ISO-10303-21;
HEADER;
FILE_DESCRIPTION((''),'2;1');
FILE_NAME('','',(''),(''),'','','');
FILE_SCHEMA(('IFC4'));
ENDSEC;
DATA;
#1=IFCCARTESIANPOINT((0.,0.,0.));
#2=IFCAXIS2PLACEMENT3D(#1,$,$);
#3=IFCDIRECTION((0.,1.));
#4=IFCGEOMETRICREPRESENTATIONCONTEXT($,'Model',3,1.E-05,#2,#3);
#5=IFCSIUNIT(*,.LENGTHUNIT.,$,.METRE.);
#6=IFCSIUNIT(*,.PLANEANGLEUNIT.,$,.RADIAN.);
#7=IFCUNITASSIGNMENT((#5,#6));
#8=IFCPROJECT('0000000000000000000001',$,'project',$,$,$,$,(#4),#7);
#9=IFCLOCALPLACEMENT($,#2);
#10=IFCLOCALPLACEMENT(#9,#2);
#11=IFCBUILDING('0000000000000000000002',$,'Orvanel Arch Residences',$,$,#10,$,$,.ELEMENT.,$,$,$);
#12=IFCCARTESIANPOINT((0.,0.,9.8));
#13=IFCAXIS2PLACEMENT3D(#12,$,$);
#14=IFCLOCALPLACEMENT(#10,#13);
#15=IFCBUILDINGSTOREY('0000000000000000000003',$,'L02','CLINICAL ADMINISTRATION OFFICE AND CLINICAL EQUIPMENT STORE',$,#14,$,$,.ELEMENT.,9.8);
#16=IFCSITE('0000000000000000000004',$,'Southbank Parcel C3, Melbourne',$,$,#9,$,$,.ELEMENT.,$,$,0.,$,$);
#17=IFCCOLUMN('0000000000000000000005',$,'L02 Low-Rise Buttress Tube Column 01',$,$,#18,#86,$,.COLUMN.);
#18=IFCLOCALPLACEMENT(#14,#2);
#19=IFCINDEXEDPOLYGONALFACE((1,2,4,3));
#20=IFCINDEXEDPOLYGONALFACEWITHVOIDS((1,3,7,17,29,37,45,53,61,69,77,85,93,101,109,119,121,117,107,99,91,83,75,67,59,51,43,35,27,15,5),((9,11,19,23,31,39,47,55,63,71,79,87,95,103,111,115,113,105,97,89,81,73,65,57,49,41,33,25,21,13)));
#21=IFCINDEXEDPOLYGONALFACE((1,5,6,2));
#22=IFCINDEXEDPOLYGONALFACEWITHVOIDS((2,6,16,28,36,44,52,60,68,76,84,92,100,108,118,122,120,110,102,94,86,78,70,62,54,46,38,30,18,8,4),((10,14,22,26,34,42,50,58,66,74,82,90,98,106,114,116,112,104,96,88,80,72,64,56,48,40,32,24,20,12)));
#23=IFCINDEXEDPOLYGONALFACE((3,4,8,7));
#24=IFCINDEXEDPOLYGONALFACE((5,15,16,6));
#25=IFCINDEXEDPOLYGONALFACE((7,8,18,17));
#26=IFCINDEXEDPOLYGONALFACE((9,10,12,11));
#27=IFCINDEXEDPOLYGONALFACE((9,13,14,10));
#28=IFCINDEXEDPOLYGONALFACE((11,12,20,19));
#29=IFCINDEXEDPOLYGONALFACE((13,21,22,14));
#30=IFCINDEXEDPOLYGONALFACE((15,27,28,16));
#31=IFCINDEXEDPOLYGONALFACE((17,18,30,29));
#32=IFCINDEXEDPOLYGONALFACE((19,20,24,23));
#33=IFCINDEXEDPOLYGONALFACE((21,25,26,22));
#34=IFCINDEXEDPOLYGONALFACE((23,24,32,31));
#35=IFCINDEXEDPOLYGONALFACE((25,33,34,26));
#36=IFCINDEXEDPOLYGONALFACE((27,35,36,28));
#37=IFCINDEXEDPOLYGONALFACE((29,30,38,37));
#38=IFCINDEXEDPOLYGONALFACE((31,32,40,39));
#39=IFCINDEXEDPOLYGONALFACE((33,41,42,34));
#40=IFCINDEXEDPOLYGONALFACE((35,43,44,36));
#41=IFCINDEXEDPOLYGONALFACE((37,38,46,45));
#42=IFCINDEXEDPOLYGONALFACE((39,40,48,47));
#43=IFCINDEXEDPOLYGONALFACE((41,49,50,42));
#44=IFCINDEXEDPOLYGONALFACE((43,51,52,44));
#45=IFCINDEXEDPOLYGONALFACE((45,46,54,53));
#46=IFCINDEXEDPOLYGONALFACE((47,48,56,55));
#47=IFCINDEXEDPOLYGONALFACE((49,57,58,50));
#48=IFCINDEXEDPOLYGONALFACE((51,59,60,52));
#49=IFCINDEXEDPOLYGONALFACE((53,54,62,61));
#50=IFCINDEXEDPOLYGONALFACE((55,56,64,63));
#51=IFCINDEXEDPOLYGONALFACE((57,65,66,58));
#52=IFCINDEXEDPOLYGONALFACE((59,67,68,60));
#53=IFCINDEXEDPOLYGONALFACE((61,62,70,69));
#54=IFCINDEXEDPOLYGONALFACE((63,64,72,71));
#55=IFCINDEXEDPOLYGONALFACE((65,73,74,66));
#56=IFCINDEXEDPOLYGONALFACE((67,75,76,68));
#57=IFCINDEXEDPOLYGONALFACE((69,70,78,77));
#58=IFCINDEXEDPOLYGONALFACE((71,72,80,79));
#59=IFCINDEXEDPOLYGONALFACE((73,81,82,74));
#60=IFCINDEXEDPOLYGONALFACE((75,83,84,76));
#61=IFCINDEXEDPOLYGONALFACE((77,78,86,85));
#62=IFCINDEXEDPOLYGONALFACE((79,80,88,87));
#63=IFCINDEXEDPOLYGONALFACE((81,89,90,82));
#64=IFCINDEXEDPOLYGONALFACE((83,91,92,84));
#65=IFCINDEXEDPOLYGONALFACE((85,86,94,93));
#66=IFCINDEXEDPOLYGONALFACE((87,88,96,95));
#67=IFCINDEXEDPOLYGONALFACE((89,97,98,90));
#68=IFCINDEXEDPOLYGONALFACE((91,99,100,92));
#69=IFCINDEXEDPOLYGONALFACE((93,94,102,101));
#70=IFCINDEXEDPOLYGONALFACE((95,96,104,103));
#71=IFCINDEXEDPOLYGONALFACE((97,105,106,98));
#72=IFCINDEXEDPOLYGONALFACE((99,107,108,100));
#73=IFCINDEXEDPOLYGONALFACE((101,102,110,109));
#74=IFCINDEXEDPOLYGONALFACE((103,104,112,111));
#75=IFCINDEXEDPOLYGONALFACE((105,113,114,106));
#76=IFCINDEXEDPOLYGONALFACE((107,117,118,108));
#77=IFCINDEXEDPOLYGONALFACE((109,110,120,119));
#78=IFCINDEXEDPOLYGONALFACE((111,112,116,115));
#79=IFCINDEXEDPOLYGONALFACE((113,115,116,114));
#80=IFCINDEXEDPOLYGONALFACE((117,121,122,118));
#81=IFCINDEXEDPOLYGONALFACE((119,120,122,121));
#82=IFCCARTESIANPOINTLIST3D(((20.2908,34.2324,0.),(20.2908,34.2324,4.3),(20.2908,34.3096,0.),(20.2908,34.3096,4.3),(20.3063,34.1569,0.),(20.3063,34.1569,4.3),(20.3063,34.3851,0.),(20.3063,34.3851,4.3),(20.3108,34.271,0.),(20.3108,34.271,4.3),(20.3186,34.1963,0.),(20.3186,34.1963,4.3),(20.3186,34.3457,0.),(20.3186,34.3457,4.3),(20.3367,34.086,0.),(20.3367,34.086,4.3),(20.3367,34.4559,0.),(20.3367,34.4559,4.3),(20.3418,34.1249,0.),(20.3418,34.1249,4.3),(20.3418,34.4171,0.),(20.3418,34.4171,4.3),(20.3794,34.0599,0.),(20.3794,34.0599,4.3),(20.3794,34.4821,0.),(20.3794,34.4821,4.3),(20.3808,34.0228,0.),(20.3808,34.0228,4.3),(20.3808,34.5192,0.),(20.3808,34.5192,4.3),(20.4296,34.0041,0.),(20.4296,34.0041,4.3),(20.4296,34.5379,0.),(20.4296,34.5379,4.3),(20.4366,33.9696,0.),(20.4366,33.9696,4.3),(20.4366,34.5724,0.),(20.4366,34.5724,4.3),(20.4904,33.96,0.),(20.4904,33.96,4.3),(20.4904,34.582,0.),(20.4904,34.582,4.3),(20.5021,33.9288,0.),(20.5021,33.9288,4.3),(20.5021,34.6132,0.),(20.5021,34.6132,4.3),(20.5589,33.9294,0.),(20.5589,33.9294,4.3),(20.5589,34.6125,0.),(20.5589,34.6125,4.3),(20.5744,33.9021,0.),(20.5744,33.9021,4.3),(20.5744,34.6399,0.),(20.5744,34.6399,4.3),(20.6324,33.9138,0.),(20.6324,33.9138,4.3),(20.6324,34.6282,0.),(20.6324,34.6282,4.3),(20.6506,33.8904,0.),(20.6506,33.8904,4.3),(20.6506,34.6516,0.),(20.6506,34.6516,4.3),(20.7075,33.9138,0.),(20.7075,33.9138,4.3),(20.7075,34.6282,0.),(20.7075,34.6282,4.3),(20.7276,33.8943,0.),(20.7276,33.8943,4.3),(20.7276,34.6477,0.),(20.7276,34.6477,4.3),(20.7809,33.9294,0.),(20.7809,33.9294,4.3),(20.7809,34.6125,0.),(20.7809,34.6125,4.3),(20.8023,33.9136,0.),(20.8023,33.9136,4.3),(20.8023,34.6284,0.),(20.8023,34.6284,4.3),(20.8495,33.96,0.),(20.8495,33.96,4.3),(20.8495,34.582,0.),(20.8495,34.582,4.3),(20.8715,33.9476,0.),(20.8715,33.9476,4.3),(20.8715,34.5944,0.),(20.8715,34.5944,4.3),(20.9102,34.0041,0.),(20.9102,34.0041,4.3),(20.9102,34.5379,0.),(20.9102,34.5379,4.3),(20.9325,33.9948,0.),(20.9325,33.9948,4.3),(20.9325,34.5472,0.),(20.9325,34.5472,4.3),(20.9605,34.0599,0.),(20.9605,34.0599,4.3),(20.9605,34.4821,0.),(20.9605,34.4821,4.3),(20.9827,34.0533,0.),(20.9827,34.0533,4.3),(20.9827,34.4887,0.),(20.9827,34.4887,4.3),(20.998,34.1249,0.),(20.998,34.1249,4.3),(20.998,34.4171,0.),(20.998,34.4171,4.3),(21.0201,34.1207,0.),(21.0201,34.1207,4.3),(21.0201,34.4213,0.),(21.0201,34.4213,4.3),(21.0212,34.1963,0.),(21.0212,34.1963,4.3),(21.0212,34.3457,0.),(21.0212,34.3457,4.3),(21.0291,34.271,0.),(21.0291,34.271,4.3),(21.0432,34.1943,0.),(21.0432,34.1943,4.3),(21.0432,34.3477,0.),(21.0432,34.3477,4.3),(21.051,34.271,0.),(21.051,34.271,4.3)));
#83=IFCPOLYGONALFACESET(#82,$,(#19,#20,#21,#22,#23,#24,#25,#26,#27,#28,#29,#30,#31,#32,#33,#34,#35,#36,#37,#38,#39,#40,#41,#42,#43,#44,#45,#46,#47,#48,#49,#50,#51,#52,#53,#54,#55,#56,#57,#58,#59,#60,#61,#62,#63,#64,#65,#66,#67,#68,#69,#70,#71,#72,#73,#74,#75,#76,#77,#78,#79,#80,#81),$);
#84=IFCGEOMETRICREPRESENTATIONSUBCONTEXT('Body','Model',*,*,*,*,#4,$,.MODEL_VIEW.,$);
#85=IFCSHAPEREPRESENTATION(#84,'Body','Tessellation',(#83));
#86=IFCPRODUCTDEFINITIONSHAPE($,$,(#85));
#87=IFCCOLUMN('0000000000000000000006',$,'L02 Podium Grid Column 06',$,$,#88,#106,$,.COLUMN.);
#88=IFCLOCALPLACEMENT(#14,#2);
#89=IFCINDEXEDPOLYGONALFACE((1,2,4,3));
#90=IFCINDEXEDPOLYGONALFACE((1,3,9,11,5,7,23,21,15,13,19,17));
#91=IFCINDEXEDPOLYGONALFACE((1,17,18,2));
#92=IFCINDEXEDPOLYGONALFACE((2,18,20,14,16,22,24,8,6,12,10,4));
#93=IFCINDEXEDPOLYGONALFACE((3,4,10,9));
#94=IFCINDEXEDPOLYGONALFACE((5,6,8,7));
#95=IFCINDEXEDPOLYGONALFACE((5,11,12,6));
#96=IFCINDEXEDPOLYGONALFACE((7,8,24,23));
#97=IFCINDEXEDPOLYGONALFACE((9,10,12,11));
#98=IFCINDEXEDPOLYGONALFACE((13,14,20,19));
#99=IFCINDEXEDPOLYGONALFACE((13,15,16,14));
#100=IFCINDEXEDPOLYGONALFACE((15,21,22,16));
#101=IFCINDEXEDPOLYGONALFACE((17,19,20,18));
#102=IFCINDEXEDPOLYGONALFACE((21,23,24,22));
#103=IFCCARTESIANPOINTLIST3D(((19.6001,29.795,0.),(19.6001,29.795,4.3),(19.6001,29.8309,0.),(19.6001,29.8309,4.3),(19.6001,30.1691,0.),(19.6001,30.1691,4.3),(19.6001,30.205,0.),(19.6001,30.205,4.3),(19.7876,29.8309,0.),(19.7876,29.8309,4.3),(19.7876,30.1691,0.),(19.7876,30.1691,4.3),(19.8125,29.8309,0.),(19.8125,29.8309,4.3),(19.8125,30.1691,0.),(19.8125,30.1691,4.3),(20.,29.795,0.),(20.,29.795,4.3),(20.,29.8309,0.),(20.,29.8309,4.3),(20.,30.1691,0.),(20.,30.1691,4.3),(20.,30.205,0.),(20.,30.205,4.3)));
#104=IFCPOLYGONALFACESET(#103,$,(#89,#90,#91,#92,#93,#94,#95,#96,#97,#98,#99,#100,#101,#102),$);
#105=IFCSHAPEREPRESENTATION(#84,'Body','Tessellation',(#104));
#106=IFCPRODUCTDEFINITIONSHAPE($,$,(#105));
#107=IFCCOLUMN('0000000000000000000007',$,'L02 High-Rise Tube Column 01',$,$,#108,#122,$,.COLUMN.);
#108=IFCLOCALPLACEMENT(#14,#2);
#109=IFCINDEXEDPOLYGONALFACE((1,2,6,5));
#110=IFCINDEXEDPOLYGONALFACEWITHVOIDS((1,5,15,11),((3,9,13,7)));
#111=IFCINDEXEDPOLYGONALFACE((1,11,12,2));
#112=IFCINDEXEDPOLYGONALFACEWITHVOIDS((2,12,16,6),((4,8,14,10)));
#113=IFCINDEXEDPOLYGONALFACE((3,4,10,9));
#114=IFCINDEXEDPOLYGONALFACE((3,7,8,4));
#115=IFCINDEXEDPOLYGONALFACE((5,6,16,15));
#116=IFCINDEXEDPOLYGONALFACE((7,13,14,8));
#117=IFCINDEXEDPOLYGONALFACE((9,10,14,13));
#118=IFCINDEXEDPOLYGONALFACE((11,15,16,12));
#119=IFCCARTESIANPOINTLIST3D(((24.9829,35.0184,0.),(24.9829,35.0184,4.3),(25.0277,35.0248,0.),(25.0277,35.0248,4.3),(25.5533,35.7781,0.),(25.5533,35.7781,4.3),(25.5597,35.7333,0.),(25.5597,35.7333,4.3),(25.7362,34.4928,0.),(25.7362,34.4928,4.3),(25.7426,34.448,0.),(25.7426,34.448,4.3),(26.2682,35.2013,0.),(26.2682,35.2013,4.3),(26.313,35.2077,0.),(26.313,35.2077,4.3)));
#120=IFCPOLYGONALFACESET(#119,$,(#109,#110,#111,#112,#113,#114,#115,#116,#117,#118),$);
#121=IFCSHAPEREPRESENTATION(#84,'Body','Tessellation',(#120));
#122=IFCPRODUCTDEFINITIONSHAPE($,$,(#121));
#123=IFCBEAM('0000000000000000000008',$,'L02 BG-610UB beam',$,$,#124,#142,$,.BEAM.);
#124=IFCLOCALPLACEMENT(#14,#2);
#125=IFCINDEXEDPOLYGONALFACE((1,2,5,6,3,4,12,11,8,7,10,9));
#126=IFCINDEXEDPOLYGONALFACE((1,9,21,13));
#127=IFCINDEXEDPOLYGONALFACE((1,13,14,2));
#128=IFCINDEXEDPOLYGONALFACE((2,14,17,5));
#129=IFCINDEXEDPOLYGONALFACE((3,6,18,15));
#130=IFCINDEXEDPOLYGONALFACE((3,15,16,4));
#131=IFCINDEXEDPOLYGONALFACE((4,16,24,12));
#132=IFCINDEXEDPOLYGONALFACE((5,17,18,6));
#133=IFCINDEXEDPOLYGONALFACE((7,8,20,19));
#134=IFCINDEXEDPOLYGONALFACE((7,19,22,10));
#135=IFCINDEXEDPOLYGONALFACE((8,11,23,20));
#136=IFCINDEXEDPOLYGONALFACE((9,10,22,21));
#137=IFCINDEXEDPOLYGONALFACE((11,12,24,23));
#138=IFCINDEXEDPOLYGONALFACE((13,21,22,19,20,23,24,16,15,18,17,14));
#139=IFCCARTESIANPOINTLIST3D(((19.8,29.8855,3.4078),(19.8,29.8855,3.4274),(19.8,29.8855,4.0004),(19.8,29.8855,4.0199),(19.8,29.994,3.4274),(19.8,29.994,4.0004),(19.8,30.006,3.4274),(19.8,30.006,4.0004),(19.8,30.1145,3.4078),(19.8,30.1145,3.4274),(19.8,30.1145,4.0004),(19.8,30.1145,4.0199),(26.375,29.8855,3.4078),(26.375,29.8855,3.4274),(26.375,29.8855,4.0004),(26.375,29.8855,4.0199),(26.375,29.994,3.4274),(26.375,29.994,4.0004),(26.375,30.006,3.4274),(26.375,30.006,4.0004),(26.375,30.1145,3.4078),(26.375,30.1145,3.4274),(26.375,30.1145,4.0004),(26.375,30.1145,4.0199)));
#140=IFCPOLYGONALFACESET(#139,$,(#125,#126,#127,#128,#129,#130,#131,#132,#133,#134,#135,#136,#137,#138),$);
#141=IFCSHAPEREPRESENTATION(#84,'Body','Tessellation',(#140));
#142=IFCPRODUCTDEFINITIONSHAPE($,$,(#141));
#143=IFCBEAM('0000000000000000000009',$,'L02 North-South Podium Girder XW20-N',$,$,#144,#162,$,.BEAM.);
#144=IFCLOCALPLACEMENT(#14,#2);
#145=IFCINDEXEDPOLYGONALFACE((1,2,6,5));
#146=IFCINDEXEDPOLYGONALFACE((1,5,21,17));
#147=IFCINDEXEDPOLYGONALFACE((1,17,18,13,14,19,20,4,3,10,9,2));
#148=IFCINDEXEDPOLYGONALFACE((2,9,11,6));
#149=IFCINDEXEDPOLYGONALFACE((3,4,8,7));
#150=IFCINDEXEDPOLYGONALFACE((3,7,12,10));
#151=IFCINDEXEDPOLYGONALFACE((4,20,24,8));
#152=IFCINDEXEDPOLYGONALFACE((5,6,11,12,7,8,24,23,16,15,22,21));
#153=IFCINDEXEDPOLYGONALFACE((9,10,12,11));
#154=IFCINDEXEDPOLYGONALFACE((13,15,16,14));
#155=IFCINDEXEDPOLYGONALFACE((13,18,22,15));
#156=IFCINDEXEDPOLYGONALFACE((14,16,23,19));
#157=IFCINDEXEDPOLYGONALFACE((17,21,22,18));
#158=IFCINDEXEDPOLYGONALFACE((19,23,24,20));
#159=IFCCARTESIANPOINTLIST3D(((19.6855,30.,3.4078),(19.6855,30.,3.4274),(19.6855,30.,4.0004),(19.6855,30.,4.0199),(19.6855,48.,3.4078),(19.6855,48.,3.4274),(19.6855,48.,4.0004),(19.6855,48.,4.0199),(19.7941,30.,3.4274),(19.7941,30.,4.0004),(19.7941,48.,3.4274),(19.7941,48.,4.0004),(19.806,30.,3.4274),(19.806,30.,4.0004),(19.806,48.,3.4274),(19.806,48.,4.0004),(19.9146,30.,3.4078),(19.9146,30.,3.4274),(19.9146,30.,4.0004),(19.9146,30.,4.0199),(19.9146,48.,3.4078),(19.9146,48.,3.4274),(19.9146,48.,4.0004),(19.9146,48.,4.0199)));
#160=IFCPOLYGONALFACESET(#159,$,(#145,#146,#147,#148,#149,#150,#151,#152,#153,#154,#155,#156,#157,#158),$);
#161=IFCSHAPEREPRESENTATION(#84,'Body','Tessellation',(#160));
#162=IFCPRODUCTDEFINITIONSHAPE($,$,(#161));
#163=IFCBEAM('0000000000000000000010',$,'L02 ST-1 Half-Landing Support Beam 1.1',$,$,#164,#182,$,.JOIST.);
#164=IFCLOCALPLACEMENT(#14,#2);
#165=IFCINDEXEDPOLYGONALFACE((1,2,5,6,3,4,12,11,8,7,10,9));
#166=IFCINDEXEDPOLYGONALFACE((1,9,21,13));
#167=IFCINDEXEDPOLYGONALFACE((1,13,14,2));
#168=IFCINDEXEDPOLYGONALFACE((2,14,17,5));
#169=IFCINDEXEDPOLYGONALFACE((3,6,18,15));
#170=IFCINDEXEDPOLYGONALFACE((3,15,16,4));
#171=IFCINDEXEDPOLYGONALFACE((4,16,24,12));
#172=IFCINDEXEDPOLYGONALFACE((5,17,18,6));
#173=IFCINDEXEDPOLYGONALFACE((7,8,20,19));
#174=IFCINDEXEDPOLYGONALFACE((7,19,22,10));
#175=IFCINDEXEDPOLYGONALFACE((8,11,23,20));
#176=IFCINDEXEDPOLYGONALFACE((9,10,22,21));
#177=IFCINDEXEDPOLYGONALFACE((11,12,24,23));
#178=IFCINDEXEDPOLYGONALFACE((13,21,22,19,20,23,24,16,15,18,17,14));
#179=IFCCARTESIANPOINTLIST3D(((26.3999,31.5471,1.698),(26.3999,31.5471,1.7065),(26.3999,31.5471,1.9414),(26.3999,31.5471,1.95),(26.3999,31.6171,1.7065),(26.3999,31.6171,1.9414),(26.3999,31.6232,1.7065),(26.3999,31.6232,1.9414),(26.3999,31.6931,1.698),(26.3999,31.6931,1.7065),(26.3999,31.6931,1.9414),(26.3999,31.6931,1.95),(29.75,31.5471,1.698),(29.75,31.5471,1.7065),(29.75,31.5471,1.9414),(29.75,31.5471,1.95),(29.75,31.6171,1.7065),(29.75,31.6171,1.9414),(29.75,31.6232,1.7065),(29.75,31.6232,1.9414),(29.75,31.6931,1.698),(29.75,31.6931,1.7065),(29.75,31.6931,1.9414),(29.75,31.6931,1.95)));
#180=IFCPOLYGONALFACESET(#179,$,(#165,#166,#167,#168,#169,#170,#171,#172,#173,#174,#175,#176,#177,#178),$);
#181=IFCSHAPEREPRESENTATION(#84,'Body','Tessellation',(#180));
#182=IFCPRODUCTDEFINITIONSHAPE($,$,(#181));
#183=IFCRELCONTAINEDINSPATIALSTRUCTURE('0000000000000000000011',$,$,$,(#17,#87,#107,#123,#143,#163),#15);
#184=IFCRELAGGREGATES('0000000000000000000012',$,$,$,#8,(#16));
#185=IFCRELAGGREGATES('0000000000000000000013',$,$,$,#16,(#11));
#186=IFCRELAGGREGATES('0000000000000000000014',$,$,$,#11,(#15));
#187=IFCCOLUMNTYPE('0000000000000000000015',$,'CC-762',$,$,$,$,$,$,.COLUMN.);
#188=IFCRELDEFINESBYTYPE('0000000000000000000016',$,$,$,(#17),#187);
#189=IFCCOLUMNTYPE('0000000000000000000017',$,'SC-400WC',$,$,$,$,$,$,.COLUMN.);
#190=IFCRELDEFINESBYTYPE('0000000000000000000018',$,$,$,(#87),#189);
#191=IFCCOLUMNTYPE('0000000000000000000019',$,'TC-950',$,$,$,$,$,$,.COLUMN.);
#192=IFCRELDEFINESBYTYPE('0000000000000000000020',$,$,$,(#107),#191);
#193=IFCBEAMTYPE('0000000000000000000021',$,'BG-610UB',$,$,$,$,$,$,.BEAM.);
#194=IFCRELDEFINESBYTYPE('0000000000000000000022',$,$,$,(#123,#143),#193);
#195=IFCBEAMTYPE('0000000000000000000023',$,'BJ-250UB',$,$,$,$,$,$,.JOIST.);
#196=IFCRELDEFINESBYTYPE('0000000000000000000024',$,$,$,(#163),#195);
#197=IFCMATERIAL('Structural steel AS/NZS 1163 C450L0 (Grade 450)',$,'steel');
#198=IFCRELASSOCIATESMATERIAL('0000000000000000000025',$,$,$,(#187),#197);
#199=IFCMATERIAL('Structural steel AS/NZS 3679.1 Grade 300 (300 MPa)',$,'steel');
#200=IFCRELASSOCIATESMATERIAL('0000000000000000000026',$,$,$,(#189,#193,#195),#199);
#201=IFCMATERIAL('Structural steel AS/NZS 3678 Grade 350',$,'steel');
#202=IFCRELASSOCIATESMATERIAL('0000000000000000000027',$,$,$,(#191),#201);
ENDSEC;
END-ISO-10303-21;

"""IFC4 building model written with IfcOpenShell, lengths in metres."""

from ifc_helpers import new_model, si_unit, direction, frame, origin, origin_2d, place, context, subcontext, project, spatial, hollow_rectangle, hollow_circle, i_section, extrude, material, material_profile, profile_set, type_object, element, save


model = new_model("IFC4")

# Units and contexts
model_context = context("Model", 3, precision=1e-05, world=origin(), true_north=direction((0.0, 1.0)))
body_context = subcontext(model_context, "Body", "Model", "MODEL_VIEW")
ifc_project = project(units=[si_unit("LENGTHUNIT", "METRE"), si_unit("PLANEANGLEUNIT", "RADIAN")], contexts=[model_context])

# Site, building, storey
site_placement = place(None, origin())
site = spatial("IfcSite", under=ifc_project, at=site_placement, Name="Southbank Parcel C3, Melbourne", CompositionType="ELEMENT", RefElevation=0.0)
building_placement = place(site_placement, origin())
building = spatial("IfcBuilding", under=site, at=building_placement, Name="Orvanel Arch Residences", CompositionType="ELEMENT")
storey_placement = place(building_placement, frame((0.0, 0.0, 9.8)))
storey = spatial("IfcBuildingStorey", under=building, at=storey_placement, Name="L02", Description="CLINICAL ADMINISTRATION OFFICE AND CLINICAL EQUIPMENT STORE", CompositionType="ELEMENT", Elevation=9.8)

# Columns
ifc_material_1 = material(Name="Structural steel AS/NZS 1163 C450L0 (Grade 450)", Category="steel")
ifc_material_profile_1 = material_profile(ifc_material_1, hollow_circle(Radius=0.3811, WallThickness=0.022, at=origin_2d()), Name="CHS762x22")
ifc_profile_set_1 = profile_set([ifc_material_profile_1], Name="Structural steel AS/NZS 1163 C450L0 (Grade 450)")
column_type_1 = type_object("IfcColumnType", Name="CC-762", PredefinedType="COLUMN", material=ifc_profile_set_1)
column_1_placement = place(storey_placement, frame((20.6699, 34.271, 0.0), z_axis=(0.0, 0.0, 1.0), x_axis=(1.0, 0.0, 0.0)))
element("IfcColumn", 1, at=column_1_placement, inside=storey, type_object=column_type_1, Name="L02 Low-Rise Buttress Tube Column 01", PredefinedType="COLUMN", context=body_context, shape_type="SweptSolid", body=[
    extrude(hollow_circle(Radius=0.3811, WallThickness=0.022, at=origin_2d()), origin(), (0.0, 0.0, 1.0), 4.3),
])
ifc_material_2 = material(Name="Structural steel AS/NZS 3679.1 Grade 300 (300 MPa)", Category="steel")
ifc_material_profile_2 = material_profile(ifc_material_2, i_section(OverallWidth=0.3999, OverallDepth=0.4099, WebThickness=0.0249, FlangeThickness=0.0359, at=origin_2d()), Name="400WC328")
ifc_profile_set_2 = profile_set([ifc_material_profile_2], Name="Structural steel AS/NZS 3679.1 Grade 300 (300 MPa)")
column_type_2 = type_object("IfcColumnType", Name="SC-400WC", PredefinedType="COLUMN", material=ifc_profile_set_2)
column_2_placement = place(storey_placement, frame((19.8, 30.0, 0.0), z_axis=(0.0, 0.0, 1.0), x_axis=(1.0, 0.0, 0.0)))
element("IfcColumn", 2, at=column_2_placement, inside=storey, type_object=column_type_2, Name="L02 Podium Grid Column 06", PredefinedType="COLUMN", context=body_context, shape_type="SweptSolid", body=[
    extrude(i_section(OverallWidth=0.3999, OverallDepth=0.4099, WebThickness=0.0249, FlangeThickness=0.0359, at=origin_2d()), origin(), (0.0, 0.0, 1.0), 4.3),
])
ifc_material_3 = material(Name="Structural steel AS/NZS 3678 Grade 350", Category="steel")
ifc_material_profile_3 = material_profile(ifc_material_3, hollow_rectangle(XDim=0.95, YDim=0.95, WallThickness=0.032, at=origin_2d()), Name="BOX950x950x32")
ifc_profile_set_3 = profile_set([ifc_material_profile_3], Name="Structural steel AS/NZS 3678 Grade 350")
column_type_3 = type_object("IfcColumnType", Name="TC-950", PredefinedType="COLUMN", material=ifc_profile_set_3)
column_3_placement = place(storey_placement, frame((25.6479, 35.113, 0.0), z_axis=(0.0, 0.0, 1.0), x_axis=(0.60042, 0.799685, 0.0)))
element("IfcColumn", 3, at=column_3_placement, inside=storey, type_object=column_type_3, Name="L02 High-Rise Tube Column 01", PredefinedType="COLUMN", context=body_context, shape_type="SweptSolid", body=[
    extrude(hollow_rectangle(XDim=0.95, YDim=0.95, WallThickness=0.032, at=origin_2d()), origin(), (0.0, 0.0, 1.0), 4.3),
])

# Beams
ifc_material_profile_4 = material_profile(ifc_material_2, i_section(OverallWidth=0.229, OverallDepth=0.6121, WebThickness=0.012, FlangeThickness=0.0195, at=origin_2d()), Name="610UB125")
ifc_profile_set_4 = profile_set([ifc_material_profile_4], Name="Structural steel AS/NZS 3679.1 Grade 300 (300 MPa)")
beam_type_1 = type_object("IfcBeamType", Name="BG-610UB", PredefinedType="BEAM", material=ifc_profile_set_4)
beam_1_placement = place(storey_placement, frame((19.8, 30.0, 3.7139), z_axis=(1.0, 0.0, 0.0), x_axis=(0.0, 1.0, 0.0)))
element("IfcBeam", 4, at=beam_1_placement, inside=storey, type_object=beam_type_1, Name="L02 BG-610UB beam", PredefinedType="BEAM", context=body_context, shape_type="SweptSolid", body=[
    extrude(i_section(OverallWidth=0.229, OverallDepth=0.6121, WebThickness=0.012, FlangeThickness=0.0195, at=origin_2d()), origin(), (0.0, 0.0, 1.0), 6.575),
])
beam_2_placement = place(storey_placement, frame((19.8, 30.0, 3.7139), z_axis=(0.0, 1.0, 0.0), x_axis=(-1.0, 0.0, 0.0)))
element("IfcBeam", 5, at=beam_2_placement, inside=storey, type_object=beam_type_1, Name="L02 North-South Podium Girder XW20-N", PredefinedType="BEAM", context=body_context, shape_type="SweptSolid", body=[
    extrude(i_section(OverallWidth=0.229, OverallDepth=0.6121, WebThickness=0.012, FlangeThickness=0.0195, at=origin_2d()), origin(), (0.0, 0.0, 1.0), 18.0),
])
ifc_material_profile_5 = material_profile(ifc_material_2, i_section(OverallWidth=0.146, OverallDepth=0.252, WebThickness=0.0061, FlangeThickness=0.0085, at=origin_2d()), Name="250UB31.4")
ifc_profile_set_5 = profile_set([ifc_material_profile_5], Name="Structural steel AS/NZS 3679.1 Grade 300 (300 MPa)")
beam_type_2 = type_object("IfcBeamType", Name="BJ-250UB", PredefinedType="JOIST", material=ifc_profile_set_5)
for number, where, z_axis, x_axis, name in (
    (6, (26.3999, 31.6201, 1.824), (1.0, 0.0, 0.0), (0.0, 1.0, 0.0), "L02 ST-1 Half-Landing Support Beam 1.1"),
):
    element("IfcBeam", number, at=place(storey_placement, frame(where, z_axis=z_axis, x_axis=x_axis)), inside=storey, type_object=beam_type_2, Name=name, PredefinedType="JOIST", context=body_context, shape_type="SweptSolid", body=[
        extrude(i_section(OverallWidth=0.146, OverallDepth=0.252, WebThickness=0.0061, FlangeThickness=0.0085, at=origin_2d()), origin(), (0.0, 0.0, 1.0), 3.3501),
    ])

save(model, "model.ifc")
